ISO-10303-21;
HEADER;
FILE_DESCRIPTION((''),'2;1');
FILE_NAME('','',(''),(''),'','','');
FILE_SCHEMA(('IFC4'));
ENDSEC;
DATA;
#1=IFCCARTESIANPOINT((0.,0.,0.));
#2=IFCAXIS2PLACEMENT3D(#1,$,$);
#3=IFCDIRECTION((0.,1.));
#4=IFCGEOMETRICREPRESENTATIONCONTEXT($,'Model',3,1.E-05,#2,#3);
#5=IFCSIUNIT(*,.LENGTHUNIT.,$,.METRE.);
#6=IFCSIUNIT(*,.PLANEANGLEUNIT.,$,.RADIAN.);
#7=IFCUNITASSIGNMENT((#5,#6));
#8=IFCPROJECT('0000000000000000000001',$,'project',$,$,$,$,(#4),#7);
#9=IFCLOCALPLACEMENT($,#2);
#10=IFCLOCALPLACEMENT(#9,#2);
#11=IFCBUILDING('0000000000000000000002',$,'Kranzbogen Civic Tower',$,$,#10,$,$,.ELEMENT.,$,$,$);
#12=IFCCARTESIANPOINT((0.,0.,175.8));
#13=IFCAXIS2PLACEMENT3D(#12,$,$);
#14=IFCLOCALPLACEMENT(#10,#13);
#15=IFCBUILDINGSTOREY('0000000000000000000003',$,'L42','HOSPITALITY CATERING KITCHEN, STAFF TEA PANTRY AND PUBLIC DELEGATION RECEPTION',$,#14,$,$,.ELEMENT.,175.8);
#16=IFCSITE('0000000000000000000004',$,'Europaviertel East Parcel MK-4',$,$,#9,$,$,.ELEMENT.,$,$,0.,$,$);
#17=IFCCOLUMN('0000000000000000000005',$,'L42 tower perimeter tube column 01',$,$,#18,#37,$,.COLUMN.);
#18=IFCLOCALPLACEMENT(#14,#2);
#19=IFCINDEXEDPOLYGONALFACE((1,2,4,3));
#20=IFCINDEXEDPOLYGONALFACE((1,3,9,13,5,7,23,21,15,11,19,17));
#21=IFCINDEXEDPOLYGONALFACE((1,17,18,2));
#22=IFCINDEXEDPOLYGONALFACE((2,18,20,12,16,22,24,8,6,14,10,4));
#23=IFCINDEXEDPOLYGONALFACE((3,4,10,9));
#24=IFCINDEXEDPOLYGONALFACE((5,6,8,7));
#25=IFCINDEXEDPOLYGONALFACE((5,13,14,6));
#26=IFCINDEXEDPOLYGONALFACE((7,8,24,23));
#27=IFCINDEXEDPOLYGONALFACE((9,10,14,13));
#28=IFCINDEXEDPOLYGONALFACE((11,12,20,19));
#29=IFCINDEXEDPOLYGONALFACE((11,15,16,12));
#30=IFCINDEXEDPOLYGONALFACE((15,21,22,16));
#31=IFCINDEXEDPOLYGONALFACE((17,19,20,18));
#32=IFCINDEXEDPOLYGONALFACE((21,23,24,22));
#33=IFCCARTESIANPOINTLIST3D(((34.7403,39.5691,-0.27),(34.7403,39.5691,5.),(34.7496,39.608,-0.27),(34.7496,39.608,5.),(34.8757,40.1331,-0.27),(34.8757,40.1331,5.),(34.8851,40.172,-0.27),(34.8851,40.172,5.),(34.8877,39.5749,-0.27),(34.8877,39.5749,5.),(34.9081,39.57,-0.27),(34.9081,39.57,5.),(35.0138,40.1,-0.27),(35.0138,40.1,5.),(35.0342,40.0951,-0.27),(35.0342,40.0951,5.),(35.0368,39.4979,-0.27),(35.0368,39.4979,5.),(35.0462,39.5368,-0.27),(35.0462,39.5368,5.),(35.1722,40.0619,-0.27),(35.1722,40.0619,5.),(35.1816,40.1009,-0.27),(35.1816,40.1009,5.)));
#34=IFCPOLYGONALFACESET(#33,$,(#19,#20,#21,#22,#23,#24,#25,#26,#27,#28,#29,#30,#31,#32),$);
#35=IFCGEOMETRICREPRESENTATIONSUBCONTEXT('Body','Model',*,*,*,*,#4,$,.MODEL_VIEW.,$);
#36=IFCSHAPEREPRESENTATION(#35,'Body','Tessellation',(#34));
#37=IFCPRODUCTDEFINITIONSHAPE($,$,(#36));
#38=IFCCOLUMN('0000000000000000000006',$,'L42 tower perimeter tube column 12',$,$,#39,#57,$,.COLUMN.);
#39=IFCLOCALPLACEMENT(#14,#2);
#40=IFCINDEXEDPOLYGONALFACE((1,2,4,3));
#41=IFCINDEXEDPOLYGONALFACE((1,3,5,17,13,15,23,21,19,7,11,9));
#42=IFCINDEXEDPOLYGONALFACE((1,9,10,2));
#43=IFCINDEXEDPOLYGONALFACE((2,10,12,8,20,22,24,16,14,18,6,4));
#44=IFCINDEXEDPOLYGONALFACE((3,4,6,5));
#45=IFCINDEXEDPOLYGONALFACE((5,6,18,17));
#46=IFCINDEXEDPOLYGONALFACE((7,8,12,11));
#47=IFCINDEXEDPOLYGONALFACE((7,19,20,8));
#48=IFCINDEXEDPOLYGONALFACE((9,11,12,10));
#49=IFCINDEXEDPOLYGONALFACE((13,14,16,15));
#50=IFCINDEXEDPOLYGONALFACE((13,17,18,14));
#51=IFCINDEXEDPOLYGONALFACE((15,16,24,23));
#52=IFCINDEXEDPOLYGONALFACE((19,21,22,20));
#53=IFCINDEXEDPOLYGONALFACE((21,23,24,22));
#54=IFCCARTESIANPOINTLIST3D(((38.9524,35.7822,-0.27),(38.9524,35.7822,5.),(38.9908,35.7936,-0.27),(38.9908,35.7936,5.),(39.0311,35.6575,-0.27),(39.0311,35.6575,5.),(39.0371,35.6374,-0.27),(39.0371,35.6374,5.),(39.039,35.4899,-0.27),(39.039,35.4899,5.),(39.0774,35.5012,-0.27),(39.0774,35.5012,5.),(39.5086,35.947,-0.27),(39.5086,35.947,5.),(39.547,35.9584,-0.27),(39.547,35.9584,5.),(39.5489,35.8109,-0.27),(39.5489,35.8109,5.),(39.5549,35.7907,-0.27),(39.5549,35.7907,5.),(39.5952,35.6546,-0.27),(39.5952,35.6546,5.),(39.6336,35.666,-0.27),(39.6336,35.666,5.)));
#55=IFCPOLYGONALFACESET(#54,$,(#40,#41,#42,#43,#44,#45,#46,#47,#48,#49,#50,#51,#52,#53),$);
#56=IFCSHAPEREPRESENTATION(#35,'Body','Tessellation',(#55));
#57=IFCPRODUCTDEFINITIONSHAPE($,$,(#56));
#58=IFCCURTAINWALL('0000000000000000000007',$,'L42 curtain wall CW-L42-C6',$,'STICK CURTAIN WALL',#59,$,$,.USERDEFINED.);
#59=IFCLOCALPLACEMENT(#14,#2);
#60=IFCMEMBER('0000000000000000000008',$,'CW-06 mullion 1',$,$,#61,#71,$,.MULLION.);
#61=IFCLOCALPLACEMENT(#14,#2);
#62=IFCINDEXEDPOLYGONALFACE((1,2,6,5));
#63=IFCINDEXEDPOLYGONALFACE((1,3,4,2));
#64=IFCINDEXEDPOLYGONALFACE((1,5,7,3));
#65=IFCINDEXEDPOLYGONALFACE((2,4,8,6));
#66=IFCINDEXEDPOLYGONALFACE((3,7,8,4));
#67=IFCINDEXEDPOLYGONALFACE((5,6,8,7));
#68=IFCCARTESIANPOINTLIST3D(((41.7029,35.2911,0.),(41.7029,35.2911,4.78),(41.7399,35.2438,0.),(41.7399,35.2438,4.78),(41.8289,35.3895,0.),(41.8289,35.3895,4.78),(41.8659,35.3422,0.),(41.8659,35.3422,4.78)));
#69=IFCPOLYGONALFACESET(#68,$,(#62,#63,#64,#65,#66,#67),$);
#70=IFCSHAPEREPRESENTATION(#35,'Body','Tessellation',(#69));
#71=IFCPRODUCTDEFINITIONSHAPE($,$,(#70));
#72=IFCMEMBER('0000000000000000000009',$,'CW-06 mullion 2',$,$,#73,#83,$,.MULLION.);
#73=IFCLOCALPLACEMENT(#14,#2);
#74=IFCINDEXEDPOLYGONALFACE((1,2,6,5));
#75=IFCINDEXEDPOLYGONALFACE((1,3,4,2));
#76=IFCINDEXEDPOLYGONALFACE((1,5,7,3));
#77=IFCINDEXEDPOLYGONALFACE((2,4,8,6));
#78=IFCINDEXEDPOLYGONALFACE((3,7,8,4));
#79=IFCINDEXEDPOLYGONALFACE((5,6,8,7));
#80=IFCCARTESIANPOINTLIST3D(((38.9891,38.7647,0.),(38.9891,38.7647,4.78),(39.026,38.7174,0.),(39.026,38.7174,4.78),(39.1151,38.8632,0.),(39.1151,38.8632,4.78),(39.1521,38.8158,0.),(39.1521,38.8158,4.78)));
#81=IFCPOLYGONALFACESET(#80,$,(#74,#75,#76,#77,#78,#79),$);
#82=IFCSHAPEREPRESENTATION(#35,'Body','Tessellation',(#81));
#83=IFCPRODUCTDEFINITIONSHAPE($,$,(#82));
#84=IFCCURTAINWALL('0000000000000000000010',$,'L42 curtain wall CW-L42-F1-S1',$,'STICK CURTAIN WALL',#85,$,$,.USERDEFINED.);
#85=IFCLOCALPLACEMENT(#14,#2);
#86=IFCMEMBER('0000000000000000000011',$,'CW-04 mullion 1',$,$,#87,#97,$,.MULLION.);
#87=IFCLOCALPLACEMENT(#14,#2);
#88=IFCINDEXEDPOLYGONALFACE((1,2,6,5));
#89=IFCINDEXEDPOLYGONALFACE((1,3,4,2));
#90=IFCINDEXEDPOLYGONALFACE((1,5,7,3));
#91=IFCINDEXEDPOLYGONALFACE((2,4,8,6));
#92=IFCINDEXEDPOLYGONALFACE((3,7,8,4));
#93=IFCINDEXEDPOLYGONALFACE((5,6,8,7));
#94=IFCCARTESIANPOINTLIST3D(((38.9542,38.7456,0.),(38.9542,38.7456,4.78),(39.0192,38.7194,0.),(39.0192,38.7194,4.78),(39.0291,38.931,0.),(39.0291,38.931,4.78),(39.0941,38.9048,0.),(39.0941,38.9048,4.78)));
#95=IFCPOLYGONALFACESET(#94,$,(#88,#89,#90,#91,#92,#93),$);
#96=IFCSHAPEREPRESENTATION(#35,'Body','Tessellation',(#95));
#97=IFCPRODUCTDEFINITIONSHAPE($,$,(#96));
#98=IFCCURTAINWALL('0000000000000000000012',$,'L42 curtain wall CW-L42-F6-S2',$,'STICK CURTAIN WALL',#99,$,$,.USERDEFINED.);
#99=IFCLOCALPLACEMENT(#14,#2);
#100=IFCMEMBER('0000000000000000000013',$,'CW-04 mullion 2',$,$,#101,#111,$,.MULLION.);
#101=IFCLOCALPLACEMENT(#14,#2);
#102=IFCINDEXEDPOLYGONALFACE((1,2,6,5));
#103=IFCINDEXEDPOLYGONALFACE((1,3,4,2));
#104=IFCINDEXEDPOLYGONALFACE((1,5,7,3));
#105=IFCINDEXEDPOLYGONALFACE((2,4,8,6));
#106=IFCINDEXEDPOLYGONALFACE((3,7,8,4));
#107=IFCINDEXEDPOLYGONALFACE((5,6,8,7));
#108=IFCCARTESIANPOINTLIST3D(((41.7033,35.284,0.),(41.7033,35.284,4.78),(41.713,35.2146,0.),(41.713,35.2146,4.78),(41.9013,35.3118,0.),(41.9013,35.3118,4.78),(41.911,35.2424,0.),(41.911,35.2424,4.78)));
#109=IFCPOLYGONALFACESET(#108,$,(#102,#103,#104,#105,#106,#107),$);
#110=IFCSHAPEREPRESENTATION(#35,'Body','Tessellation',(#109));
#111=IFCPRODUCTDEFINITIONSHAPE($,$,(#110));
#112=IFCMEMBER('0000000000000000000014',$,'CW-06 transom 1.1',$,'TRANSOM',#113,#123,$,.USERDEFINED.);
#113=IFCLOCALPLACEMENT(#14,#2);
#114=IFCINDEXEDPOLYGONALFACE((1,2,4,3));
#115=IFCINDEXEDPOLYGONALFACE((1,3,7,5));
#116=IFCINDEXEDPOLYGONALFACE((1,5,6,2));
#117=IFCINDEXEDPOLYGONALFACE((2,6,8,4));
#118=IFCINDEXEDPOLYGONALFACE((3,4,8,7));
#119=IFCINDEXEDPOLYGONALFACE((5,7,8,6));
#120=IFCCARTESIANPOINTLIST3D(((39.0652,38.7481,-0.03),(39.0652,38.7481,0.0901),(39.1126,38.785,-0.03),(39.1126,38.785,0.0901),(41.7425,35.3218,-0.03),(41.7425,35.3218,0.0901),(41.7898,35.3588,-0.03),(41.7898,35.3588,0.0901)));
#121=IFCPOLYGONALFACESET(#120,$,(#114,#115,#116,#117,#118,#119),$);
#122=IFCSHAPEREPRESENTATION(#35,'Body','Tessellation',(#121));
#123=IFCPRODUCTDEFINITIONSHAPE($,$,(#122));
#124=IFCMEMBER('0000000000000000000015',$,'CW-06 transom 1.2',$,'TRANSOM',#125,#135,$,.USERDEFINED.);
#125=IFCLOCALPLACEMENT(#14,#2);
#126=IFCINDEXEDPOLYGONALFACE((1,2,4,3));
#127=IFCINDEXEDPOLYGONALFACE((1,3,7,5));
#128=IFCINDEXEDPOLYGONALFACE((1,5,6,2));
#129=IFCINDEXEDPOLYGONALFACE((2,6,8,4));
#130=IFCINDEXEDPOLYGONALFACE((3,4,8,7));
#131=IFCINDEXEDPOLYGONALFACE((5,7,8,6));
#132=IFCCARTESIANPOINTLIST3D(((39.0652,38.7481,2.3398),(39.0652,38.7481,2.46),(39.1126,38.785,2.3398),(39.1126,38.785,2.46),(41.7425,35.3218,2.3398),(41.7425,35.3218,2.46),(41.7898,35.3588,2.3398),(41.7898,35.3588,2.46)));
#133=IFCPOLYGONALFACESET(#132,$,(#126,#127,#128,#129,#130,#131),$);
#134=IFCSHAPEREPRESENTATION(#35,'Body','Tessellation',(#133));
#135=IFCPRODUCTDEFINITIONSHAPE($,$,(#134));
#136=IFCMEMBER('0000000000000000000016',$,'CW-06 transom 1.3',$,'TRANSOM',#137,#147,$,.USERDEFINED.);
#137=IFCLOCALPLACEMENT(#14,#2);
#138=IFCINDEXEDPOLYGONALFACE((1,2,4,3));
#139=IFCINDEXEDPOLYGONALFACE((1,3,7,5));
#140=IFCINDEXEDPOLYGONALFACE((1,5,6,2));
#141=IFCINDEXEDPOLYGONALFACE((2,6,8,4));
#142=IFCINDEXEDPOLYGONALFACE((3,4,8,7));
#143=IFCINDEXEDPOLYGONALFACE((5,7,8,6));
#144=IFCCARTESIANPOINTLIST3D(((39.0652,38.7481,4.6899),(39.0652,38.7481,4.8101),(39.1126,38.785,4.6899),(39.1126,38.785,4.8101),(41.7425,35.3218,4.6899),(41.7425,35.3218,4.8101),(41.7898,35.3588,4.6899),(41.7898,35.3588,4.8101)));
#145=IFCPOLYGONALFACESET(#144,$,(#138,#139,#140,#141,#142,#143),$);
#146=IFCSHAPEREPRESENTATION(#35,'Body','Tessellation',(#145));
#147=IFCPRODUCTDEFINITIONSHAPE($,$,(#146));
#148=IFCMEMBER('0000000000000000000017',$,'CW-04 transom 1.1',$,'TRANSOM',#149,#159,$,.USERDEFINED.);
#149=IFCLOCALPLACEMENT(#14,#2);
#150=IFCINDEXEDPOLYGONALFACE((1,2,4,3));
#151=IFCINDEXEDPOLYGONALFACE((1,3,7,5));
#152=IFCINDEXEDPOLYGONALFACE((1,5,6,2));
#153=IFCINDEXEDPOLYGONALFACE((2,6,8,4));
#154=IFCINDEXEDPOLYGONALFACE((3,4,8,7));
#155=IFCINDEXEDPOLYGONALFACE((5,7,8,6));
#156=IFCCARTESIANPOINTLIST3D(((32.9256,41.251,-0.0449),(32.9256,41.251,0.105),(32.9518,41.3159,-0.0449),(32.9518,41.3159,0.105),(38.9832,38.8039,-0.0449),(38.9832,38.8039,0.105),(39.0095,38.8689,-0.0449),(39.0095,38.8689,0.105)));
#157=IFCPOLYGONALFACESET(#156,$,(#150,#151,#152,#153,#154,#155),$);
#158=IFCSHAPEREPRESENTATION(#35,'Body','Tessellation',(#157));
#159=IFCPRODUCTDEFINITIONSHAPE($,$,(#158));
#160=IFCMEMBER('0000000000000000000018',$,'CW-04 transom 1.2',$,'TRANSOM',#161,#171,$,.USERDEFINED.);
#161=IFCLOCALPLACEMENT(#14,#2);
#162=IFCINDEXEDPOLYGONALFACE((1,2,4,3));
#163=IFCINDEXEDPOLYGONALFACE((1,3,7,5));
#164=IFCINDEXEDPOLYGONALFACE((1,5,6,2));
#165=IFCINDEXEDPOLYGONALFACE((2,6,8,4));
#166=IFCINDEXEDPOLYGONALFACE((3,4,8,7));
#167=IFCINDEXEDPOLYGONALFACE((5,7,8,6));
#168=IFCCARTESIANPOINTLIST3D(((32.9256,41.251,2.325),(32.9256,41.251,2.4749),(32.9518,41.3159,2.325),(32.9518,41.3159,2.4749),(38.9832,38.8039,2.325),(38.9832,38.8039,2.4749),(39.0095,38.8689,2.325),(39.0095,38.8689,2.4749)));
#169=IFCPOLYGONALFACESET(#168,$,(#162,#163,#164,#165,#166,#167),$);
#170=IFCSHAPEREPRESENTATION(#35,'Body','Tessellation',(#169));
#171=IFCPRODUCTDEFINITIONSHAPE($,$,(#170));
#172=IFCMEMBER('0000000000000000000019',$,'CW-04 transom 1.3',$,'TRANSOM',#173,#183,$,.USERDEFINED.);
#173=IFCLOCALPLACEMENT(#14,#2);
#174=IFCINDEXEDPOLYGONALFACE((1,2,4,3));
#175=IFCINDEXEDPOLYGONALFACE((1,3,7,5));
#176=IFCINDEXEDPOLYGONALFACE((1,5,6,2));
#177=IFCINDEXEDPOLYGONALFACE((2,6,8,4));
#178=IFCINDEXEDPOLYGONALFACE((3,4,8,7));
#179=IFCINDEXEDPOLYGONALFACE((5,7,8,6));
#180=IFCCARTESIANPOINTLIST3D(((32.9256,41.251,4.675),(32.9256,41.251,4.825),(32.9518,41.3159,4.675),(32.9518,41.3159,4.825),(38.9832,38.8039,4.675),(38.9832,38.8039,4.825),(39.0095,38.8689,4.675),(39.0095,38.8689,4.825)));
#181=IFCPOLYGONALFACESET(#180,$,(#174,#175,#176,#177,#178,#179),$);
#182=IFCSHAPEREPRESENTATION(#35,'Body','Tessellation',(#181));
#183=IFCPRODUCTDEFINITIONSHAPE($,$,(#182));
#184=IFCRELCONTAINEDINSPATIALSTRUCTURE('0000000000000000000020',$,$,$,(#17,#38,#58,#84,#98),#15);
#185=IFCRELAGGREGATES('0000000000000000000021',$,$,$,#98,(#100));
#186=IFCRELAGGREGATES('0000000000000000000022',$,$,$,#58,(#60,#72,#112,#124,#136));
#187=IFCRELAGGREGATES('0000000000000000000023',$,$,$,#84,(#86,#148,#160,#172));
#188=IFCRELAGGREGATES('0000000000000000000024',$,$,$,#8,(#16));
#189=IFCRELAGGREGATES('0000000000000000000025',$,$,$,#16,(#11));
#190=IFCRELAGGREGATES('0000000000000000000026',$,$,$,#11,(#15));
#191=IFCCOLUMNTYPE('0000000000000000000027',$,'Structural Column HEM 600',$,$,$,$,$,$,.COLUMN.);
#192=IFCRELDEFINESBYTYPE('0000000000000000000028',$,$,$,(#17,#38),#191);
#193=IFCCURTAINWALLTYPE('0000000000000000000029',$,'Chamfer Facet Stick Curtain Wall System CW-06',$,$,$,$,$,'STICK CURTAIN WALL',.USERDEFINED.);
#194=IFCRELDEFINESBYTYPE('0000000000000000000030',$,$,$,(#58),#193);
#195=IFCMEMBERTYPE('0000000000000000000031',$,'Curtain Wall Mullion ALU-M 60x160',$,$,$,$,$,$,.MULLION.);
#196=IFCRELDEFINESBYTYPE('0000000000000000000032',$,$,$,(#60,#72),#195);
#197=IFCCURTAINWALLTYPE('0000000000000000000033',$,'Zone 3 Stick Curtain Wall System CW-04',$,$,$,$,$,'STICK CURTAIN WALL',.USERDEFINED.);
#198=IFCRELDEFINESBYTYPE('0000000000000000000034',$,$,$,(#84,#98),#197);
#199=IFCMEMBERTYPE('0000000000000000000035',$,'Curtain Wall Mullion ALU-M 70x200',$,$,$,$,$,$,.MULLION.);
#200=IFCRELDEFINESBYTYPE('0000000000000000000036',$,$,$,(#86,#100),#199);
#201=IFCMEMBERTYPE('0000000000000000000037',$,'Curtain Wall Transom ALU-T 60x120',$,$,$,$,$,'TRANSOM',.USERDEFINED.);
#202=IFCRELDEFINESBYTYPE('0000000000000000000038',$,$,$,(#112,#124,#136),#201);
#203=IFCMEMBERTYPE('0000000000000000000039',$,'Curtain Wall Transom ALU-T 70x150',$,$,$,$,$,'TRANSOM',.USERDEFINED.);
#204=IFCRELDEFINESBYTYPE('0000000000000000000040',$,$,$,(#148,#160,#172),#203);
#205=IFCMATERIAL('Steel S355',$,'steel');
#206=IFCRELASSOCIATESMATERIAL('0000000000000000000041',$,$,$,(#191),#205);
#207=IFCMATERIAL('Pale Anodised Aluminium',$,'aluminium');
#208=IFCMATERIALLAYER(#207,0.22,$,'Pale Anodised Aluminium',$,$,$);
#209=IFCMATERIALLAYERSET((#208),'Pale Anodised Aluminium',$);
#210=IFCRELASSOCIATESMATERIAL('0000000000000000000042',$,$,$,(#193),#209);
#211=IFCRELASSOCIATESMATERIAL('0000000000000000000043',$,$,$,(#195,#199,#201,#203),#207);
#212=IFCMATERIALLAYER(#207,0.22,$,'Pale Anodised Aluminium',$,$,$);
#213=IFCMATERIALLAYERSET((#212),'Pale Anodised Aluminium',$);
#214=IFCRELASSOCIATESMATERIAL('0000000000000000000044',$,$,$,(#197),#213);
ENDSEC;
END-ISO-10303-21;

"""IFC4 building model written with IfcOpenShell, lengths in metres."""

from ifc_helpers import new_model, si_unit, direction, frame, origin, origin_2d, place, context, subcontext, project, spatial, rectangle, i_section, extrude, material, layer, layer_set, material_profile, profile_set, type_object, element, aggregate, save


model = new_model("IFC4")

# Units and contexts
model_context = context("Model", 3, precision=1e-05, world=origin(), true_north=direction((0.0, 1.0)))
body_context = subcontext(model_context, "Body", "Model", "MODEL_VIEW")
ifc_project = project(units=[si_unit("LENGTHUNIT", "METRE"), si_unit("PLANEANGLEUNIT", "RADIAN")], contexts=[model_context])

# Site, building, storey
site_placement = place(None, origin())
site = spatial("IfcSite", under=ifc_project, at=site_placement, Name="Europaviertel East Parcel MK-4", CompositionType="ELEMENT", RefElevation=0.0)
building_placement = place(site_placement, origin())
building = spatial("IfcBuilding", under=site, at=building_placement, Name="Kranzbogen Civic Tower", CompositionType="ELEMENT")
storey_placement = place(building_placement, frame((0.0, 0.0, 175.8)))
storey = spatial("IfcBuildingStorey", under=building, at=storey_placement, Name="L42", Description="HOSPITALITY CATERING KITCHEN, STAFF TEA PANTRY AND PUBLIC DELEGATION RECEPTION", CompositionType="ELEMENT", Elevation=175.8)

# Columns
ifc_material_1 = material(Name="Steel S355", Category="steel")
ifc_material_profile_1 = material_profile(ifc_material_1, i_section(OverallWidth=0.3049, OverallDepth=0.6201, WebThickness=0.021, FlangeThickness=0.04, at=origin_2d()), Name="HEM 600")
ifc_profile_set_1 = profile_set([ifc_material_profile_1], Name="Steel S355")
column_type = type_object("IfcColumnType", Name="Structural Column HEM 600", PredefinedType="COLUMN", material=ifc_profile_set_1)
for number, where, z_axis, x_axis, name in (
    (1, (34.9609, 39.835, -0.27), (0.0, 0.0, 1.0), (-0.97237, 0.233445, 0.0), "L42 tower perimeter tube column 01"),
    (2, (39.293, 35.7241, -0.27), (0.0, 0.0, 1.0), (-0.284015, 0.95882, 0.0), "L42 tower perimeter tube column 12"),
):
    element("IfcColumn", number, at=place(storey_placement, frame(where, z_axis=z_axis, x_axis=x_axis)), inside=storey, type_object=column_type, Name=name, PredefinedType="COLUMN", context=body_context, shape_type="SweptSolid", body=[
        extrude(i_section(OverallWidth=0.3049, OverallDepth=0.6201, WebThickness=0.021, FlangeThickness=0.04, at=origin_2d()), origin(), (0.0, 0.0, 1.0), 5.27),
    ])

# Curtain wall, members
ifc_material_2 = material(Name="Pale Anodised Aluminium", Category="aluminium")
ifc_layer_1 = layer(ifc_material_2, 0.22, Name="Pale Anodised Aluminium")
ifc_layer_set_1 = layer_set([ifc_layer_1], Name="Pale Anodised Aluminium")
curtain_wall_type_1 = type_object("IfcCurtainWallType", Name="Chamfer Facet Stick Curtain Wall System CW-06", ElementType="STICK CURTAIN WALL", PredefinedType="USERDEFINED", material=ifc_layer_set_1)
curtain_wall_1_placement = place(storey_placement, origin())
curtain_wall_1 = element("IfcCurtainWall", 3, at=curtain_wall_1_placement, inside=storey, type_object=curtain_wall_type_1, Name="L42 curtain wall CW-L42-C6", ObjectType="STICK CURTAIN WALL", PredefinedType="USERDEFINED")
ifc_material_profile_2 = material_profile(ifc_material_2, rectangle(XDim=0.0601, YDim=0.1599, at=origin_2d()), Name="ALU-M 60x160")
ifc_profile_set_2 = profile_set([ifc_material_profile_2], Name="Pale Anodised Aluminium")
member_type_1 = type_object("IfcMemberType", Name="Curtain Wall Mullion ALU-M 60x160", PredefinedType="MULLION", material=ifc_profile_set_2)
member_1_placement = place(storey_placement, frame((41.7844, 35.3167, 0.0), z_axis=(0.0, 0.0, 1.0), x_axis=(-0.615674, 0.788001, 0.0)))
member_1 = element("IfcMember", 4, at=member_1_placement, type_object=member_type_1, Name="CW-06 mullion 1", PredefinedType="MULLION", context=body_context, shape_type="SweptSolid", body=[
    extrude(rectangle(XDim=0.0601, YDim=0.1599, at=origin_2d()), origin(), (0.0, 0.0, 1.0), 4.78),
])
member_2_placement = place(storey_placement, frame((39.0706, 38.7903, 0.0), z_axis=(0.0, 0.0, 1.0), x_axis=(-0.615674, 0.788001, 0.0)))
member_2 = element("IfcMember", 5, at=member_2_placement, type_object=member_type_1, Name="CW-06 mullion 2", PredefinedType="MULLION", context=body_context, shape_type="SweptSolid", body=[
    extrude(rectangle(XDim=0.0601, YDim=0.1599, at=origin_2d()), origin(), (0.0, 0.0, 1.0), 4.78),
])

# Curtain walls, members
ifc_layer_2 = layer(ifc_material_2, 0.22, Name="Pale Anodised Aluminium")
ifc_layer_set_2 = layer_set([ifc_layer_2], Name="Pale Anodised Aluminium")
curtain_wall_type_2 = type_object("IfcCurtainWallType", Name="Zone 3 Stick Curtain Wall System CW-04", ElementType="STICK CURTAIN WALL", PredefinedType="USERDEFINED", material=ifc_layer_set_2)
curtain_wall_2_placement = place(storey_placement, origin())
curtain_wall_2 = element("IfcCurtainWall", 6, at=curtain_wall_2_placement, inside=storey, type_object=curtain_wall_type_2, Name="L42 curtain wall CW-L42-F1-S1", ObjectType="STICK CURTAIN WALL", PredefinedType="USERDEFINED")
ifc_material_profile_3 = material_profile(ifc_material_2, rectangle(XDim=0.0701, YDim=0.2, at=origin_2d()), Name="ALU-M 70x200")
ifc_profile_set_3 = profile_set([ifc_material_profile_3], Name="Pale Anodised Aluminium")
member_type_2 = type_object("IfcMemberType", Name="Curtain Wall Mullion ALU-M 70x200", PredefinedType="MULLION", material=ifc_profile_set_3)
member_3_placement = place(storey_placement, frame((39.0242, 38.8252, 0.0), z_axis=(0.0, 0.0, 1.0), x_axis=(-0.927207, 0.37455, 0.0)))
member_3 = element("IfcMember", 7, at=member_3_placement, type_object=member_type_2, Name="CW-04 mullion 1", PredefinedType="MULLION", context=body_context, shape_type="SweptSolid", body=[
    extrude(rectangle(XDim=0.0701, YDim=0.2, at=origin_2d()), origin(), (0.0, 0.0, 1.0), 4.78),
])
curtain_wall_3_placement = place(storey_placement, origin())
curtain_wall_3 = element("IfcCurtainWall", 8, at=curtain_wall_3_placement, inside=storey, type_object=curtain_wall_type_2, Name="L42 curtain wall CW-L42-F6-S2", ObjectType="STICK CURTAIN WALL", PredefinedType="USERDEFINED")
member_4_placement = place(storey_placement, frame((41.8071, 35.2632, 0.0), z_axis=(0.0, 0.0, 1.0), x_axis=(-0.13917, 0.990269, 0.0)))
member_4 = element("IfcMember", 9, at=member_4_placement, type_object=member_type_2, Name="CW-04 mullion 2", PredefinedType="MULLION", context=body_context, shape_type="SweptSolid", body=[
    extrude(rectangle(XDim=0.0701, YDim=0.2, at=origin_2d()), origin(), (0.0, 0.0, 1.0), 4.78),
])
aggregate(curtain_wall_3, [member_4])

# Members
ifc_material_profile_4 = material_profile(ifc_material_2, rectangle(XDim=0.0601, YDim=0.1201, at=origin_2d()), Name="ALU-T 60x120")
ifc_profile_set_4 = profile_set([ifc_material_profile_4], Name="Pale Anodised Aluminium")
member_type_3 = type_object("IfcMemberType", Name="Curtain Wall Transom ALU-T 60x120", ElementType="TRANSOM", PredefinedType="USERDEFINED", material=ifc_profile_set_4)
member_5_placement = place(storey_placement, frame((41.7661, 35.3403, 0.03), z_axis=(-0.615712, 0.787972, 0.0), x_axis=(-0.787972, -0.615712, 0.0)))
member_5 = element("IfcMember", 10, at=member_5_placement, type_object=member_type_3, Name="CW-06 transom 1.1", ObjectType="TRANSOM", PredefinedType="USERDEFINED", context=body_context, shape_type="SweptSolid", body=[
    extrude(rectangle(XDim=0.0601, YDim=0.1201, at=origin_2d()), origin(), (0.0, 0.0, 1.0), 4.3481),
])
member_6_placement = place(storey_placement, frame((41.7661, 35.3403, 2.3999), z_axis=(-0.615712, 0.787972, 0.0), x_axis=(-0.787972, -0.615712, 0.0)))
member_6 = element("IfcMember", 11, at=member_6_placement, type_object=member_type_3, Name="CW-06 transom 1.2", ObjectType="TRANSOM", PredefinedType="USERDEFINED", context=body_context, shape_type="SweptSolid", body=[
    extrude(rectangle(XDim=0.0601, YDim=0.1201, at=origin_2d()), origin(), (0.0, 0.0, 1.0), 4.3481),
])
member_7_placement = place(storey_placement, frame((41.7661, 35.3403, 4.75), z_axis=(-0.615712, 0.787972, 0.0), x_axis=(-0.787972, -0.615712, 0.0)))
member_7 = element("IfcMember", 12, at=member_7_placement, type_object=member_type_3, Name="CW-06 transom 1.3", ObjectType="TRANSOM", PredefinedType="USERDEFINED", context=body_context, shape_type="SweptSolid", body=[
    extrude(rectangle(XDim=0.0601, YDim=0.1201, at=origin_2d()), origin(), (0.0, 0.0, 1.0), 4.3481),
])
ifc_material_profile_5 = material_profile(ifc_material_2, rectangle(XDim=0.0701, YDim=0.1499, at=origin_2d()), Name="ALU-T 70x150")
ifc_profile_set_5 = profile_set([ifc_material_profile_5], Name="Pale Anodised Aluminium")
member_type_4 = type_object("IfcMemberType", Name="Curtain Wall Transom ALU-T 70x150", ElementType="TRANSOM", PredefinedType="USERDEFINED", material=ifc_profile_set_5)
member_8_placement = place(storey_placement, frame((38.9963, 38.8364, 0.03), z_axis=(-0.927206, 0.374552, 0.0), x_axis=(-0.374552, -0.927206, 0.0)))
member_8 = element("IfcMember", 13, at=member_8_placement, type_object=member_type_4, Name="CW-04 transom 1.1", ObjectType="TRANSOM", PredefinedType="USERDEFINED", context=body_context, shape_type="SweptSolid", body=[
    extrude(rectangle(XDim=0.0701, YDim=0.1499, at=origin_2d()), origin(), (0.0, 0.0, 1.0), 6.5332),
])
member_9_placement = place(storey_placement, frame((38.9963, 38.8364, 2.3999), z_axis=(-0.927206, 0.374552, 0.0), x_axis=(-0.374552, -0.927206, 0.0)))
member_9 = element("IfcMember", 14, at=member_9_placement, type_object=member_type_4, Name="CW-04 transom 1.2", ObjectType="TRANSOM", PredefinedType="USERDEFINED", context=body_context, shape_type="SweptSolid", body=[
    extrude(rectangle(XDim=0.0701, YDim=0.1499, at=origin_2d()), origin(), (0.0, 0.0, 1.0), 6.5332),
])
member_10_placement = place(storey_placement, frame((38.9963, 38.8364, 4.75), z_axis=(-0.927206, 0.374552, 0.0), x_axis=(-0.374552, -0.927206, 0.0)))
member_10 = element("IfcMember", 15, at=member_10_placement, type_object=member_type_4, Name="CW-04 transom 1.3", ObjectType="TRANSOM", PredefinedType="USERDEFINED", context=body_context, shape_type="SweptSolid", body=[
    extrude(rectangle(XDim=0.0701, YDim=0.1499, at=origin_2d()), origin(), (0.0, 0.0, 1.0), 6.5332),
])

aggregate(curtain_wall_1, [member_1, member_2, member_5, member_6, member_7])
aggregate(curtain_wall_2, [member_3, member_8, member_9, member_10])

save(model, "model.ifc")
